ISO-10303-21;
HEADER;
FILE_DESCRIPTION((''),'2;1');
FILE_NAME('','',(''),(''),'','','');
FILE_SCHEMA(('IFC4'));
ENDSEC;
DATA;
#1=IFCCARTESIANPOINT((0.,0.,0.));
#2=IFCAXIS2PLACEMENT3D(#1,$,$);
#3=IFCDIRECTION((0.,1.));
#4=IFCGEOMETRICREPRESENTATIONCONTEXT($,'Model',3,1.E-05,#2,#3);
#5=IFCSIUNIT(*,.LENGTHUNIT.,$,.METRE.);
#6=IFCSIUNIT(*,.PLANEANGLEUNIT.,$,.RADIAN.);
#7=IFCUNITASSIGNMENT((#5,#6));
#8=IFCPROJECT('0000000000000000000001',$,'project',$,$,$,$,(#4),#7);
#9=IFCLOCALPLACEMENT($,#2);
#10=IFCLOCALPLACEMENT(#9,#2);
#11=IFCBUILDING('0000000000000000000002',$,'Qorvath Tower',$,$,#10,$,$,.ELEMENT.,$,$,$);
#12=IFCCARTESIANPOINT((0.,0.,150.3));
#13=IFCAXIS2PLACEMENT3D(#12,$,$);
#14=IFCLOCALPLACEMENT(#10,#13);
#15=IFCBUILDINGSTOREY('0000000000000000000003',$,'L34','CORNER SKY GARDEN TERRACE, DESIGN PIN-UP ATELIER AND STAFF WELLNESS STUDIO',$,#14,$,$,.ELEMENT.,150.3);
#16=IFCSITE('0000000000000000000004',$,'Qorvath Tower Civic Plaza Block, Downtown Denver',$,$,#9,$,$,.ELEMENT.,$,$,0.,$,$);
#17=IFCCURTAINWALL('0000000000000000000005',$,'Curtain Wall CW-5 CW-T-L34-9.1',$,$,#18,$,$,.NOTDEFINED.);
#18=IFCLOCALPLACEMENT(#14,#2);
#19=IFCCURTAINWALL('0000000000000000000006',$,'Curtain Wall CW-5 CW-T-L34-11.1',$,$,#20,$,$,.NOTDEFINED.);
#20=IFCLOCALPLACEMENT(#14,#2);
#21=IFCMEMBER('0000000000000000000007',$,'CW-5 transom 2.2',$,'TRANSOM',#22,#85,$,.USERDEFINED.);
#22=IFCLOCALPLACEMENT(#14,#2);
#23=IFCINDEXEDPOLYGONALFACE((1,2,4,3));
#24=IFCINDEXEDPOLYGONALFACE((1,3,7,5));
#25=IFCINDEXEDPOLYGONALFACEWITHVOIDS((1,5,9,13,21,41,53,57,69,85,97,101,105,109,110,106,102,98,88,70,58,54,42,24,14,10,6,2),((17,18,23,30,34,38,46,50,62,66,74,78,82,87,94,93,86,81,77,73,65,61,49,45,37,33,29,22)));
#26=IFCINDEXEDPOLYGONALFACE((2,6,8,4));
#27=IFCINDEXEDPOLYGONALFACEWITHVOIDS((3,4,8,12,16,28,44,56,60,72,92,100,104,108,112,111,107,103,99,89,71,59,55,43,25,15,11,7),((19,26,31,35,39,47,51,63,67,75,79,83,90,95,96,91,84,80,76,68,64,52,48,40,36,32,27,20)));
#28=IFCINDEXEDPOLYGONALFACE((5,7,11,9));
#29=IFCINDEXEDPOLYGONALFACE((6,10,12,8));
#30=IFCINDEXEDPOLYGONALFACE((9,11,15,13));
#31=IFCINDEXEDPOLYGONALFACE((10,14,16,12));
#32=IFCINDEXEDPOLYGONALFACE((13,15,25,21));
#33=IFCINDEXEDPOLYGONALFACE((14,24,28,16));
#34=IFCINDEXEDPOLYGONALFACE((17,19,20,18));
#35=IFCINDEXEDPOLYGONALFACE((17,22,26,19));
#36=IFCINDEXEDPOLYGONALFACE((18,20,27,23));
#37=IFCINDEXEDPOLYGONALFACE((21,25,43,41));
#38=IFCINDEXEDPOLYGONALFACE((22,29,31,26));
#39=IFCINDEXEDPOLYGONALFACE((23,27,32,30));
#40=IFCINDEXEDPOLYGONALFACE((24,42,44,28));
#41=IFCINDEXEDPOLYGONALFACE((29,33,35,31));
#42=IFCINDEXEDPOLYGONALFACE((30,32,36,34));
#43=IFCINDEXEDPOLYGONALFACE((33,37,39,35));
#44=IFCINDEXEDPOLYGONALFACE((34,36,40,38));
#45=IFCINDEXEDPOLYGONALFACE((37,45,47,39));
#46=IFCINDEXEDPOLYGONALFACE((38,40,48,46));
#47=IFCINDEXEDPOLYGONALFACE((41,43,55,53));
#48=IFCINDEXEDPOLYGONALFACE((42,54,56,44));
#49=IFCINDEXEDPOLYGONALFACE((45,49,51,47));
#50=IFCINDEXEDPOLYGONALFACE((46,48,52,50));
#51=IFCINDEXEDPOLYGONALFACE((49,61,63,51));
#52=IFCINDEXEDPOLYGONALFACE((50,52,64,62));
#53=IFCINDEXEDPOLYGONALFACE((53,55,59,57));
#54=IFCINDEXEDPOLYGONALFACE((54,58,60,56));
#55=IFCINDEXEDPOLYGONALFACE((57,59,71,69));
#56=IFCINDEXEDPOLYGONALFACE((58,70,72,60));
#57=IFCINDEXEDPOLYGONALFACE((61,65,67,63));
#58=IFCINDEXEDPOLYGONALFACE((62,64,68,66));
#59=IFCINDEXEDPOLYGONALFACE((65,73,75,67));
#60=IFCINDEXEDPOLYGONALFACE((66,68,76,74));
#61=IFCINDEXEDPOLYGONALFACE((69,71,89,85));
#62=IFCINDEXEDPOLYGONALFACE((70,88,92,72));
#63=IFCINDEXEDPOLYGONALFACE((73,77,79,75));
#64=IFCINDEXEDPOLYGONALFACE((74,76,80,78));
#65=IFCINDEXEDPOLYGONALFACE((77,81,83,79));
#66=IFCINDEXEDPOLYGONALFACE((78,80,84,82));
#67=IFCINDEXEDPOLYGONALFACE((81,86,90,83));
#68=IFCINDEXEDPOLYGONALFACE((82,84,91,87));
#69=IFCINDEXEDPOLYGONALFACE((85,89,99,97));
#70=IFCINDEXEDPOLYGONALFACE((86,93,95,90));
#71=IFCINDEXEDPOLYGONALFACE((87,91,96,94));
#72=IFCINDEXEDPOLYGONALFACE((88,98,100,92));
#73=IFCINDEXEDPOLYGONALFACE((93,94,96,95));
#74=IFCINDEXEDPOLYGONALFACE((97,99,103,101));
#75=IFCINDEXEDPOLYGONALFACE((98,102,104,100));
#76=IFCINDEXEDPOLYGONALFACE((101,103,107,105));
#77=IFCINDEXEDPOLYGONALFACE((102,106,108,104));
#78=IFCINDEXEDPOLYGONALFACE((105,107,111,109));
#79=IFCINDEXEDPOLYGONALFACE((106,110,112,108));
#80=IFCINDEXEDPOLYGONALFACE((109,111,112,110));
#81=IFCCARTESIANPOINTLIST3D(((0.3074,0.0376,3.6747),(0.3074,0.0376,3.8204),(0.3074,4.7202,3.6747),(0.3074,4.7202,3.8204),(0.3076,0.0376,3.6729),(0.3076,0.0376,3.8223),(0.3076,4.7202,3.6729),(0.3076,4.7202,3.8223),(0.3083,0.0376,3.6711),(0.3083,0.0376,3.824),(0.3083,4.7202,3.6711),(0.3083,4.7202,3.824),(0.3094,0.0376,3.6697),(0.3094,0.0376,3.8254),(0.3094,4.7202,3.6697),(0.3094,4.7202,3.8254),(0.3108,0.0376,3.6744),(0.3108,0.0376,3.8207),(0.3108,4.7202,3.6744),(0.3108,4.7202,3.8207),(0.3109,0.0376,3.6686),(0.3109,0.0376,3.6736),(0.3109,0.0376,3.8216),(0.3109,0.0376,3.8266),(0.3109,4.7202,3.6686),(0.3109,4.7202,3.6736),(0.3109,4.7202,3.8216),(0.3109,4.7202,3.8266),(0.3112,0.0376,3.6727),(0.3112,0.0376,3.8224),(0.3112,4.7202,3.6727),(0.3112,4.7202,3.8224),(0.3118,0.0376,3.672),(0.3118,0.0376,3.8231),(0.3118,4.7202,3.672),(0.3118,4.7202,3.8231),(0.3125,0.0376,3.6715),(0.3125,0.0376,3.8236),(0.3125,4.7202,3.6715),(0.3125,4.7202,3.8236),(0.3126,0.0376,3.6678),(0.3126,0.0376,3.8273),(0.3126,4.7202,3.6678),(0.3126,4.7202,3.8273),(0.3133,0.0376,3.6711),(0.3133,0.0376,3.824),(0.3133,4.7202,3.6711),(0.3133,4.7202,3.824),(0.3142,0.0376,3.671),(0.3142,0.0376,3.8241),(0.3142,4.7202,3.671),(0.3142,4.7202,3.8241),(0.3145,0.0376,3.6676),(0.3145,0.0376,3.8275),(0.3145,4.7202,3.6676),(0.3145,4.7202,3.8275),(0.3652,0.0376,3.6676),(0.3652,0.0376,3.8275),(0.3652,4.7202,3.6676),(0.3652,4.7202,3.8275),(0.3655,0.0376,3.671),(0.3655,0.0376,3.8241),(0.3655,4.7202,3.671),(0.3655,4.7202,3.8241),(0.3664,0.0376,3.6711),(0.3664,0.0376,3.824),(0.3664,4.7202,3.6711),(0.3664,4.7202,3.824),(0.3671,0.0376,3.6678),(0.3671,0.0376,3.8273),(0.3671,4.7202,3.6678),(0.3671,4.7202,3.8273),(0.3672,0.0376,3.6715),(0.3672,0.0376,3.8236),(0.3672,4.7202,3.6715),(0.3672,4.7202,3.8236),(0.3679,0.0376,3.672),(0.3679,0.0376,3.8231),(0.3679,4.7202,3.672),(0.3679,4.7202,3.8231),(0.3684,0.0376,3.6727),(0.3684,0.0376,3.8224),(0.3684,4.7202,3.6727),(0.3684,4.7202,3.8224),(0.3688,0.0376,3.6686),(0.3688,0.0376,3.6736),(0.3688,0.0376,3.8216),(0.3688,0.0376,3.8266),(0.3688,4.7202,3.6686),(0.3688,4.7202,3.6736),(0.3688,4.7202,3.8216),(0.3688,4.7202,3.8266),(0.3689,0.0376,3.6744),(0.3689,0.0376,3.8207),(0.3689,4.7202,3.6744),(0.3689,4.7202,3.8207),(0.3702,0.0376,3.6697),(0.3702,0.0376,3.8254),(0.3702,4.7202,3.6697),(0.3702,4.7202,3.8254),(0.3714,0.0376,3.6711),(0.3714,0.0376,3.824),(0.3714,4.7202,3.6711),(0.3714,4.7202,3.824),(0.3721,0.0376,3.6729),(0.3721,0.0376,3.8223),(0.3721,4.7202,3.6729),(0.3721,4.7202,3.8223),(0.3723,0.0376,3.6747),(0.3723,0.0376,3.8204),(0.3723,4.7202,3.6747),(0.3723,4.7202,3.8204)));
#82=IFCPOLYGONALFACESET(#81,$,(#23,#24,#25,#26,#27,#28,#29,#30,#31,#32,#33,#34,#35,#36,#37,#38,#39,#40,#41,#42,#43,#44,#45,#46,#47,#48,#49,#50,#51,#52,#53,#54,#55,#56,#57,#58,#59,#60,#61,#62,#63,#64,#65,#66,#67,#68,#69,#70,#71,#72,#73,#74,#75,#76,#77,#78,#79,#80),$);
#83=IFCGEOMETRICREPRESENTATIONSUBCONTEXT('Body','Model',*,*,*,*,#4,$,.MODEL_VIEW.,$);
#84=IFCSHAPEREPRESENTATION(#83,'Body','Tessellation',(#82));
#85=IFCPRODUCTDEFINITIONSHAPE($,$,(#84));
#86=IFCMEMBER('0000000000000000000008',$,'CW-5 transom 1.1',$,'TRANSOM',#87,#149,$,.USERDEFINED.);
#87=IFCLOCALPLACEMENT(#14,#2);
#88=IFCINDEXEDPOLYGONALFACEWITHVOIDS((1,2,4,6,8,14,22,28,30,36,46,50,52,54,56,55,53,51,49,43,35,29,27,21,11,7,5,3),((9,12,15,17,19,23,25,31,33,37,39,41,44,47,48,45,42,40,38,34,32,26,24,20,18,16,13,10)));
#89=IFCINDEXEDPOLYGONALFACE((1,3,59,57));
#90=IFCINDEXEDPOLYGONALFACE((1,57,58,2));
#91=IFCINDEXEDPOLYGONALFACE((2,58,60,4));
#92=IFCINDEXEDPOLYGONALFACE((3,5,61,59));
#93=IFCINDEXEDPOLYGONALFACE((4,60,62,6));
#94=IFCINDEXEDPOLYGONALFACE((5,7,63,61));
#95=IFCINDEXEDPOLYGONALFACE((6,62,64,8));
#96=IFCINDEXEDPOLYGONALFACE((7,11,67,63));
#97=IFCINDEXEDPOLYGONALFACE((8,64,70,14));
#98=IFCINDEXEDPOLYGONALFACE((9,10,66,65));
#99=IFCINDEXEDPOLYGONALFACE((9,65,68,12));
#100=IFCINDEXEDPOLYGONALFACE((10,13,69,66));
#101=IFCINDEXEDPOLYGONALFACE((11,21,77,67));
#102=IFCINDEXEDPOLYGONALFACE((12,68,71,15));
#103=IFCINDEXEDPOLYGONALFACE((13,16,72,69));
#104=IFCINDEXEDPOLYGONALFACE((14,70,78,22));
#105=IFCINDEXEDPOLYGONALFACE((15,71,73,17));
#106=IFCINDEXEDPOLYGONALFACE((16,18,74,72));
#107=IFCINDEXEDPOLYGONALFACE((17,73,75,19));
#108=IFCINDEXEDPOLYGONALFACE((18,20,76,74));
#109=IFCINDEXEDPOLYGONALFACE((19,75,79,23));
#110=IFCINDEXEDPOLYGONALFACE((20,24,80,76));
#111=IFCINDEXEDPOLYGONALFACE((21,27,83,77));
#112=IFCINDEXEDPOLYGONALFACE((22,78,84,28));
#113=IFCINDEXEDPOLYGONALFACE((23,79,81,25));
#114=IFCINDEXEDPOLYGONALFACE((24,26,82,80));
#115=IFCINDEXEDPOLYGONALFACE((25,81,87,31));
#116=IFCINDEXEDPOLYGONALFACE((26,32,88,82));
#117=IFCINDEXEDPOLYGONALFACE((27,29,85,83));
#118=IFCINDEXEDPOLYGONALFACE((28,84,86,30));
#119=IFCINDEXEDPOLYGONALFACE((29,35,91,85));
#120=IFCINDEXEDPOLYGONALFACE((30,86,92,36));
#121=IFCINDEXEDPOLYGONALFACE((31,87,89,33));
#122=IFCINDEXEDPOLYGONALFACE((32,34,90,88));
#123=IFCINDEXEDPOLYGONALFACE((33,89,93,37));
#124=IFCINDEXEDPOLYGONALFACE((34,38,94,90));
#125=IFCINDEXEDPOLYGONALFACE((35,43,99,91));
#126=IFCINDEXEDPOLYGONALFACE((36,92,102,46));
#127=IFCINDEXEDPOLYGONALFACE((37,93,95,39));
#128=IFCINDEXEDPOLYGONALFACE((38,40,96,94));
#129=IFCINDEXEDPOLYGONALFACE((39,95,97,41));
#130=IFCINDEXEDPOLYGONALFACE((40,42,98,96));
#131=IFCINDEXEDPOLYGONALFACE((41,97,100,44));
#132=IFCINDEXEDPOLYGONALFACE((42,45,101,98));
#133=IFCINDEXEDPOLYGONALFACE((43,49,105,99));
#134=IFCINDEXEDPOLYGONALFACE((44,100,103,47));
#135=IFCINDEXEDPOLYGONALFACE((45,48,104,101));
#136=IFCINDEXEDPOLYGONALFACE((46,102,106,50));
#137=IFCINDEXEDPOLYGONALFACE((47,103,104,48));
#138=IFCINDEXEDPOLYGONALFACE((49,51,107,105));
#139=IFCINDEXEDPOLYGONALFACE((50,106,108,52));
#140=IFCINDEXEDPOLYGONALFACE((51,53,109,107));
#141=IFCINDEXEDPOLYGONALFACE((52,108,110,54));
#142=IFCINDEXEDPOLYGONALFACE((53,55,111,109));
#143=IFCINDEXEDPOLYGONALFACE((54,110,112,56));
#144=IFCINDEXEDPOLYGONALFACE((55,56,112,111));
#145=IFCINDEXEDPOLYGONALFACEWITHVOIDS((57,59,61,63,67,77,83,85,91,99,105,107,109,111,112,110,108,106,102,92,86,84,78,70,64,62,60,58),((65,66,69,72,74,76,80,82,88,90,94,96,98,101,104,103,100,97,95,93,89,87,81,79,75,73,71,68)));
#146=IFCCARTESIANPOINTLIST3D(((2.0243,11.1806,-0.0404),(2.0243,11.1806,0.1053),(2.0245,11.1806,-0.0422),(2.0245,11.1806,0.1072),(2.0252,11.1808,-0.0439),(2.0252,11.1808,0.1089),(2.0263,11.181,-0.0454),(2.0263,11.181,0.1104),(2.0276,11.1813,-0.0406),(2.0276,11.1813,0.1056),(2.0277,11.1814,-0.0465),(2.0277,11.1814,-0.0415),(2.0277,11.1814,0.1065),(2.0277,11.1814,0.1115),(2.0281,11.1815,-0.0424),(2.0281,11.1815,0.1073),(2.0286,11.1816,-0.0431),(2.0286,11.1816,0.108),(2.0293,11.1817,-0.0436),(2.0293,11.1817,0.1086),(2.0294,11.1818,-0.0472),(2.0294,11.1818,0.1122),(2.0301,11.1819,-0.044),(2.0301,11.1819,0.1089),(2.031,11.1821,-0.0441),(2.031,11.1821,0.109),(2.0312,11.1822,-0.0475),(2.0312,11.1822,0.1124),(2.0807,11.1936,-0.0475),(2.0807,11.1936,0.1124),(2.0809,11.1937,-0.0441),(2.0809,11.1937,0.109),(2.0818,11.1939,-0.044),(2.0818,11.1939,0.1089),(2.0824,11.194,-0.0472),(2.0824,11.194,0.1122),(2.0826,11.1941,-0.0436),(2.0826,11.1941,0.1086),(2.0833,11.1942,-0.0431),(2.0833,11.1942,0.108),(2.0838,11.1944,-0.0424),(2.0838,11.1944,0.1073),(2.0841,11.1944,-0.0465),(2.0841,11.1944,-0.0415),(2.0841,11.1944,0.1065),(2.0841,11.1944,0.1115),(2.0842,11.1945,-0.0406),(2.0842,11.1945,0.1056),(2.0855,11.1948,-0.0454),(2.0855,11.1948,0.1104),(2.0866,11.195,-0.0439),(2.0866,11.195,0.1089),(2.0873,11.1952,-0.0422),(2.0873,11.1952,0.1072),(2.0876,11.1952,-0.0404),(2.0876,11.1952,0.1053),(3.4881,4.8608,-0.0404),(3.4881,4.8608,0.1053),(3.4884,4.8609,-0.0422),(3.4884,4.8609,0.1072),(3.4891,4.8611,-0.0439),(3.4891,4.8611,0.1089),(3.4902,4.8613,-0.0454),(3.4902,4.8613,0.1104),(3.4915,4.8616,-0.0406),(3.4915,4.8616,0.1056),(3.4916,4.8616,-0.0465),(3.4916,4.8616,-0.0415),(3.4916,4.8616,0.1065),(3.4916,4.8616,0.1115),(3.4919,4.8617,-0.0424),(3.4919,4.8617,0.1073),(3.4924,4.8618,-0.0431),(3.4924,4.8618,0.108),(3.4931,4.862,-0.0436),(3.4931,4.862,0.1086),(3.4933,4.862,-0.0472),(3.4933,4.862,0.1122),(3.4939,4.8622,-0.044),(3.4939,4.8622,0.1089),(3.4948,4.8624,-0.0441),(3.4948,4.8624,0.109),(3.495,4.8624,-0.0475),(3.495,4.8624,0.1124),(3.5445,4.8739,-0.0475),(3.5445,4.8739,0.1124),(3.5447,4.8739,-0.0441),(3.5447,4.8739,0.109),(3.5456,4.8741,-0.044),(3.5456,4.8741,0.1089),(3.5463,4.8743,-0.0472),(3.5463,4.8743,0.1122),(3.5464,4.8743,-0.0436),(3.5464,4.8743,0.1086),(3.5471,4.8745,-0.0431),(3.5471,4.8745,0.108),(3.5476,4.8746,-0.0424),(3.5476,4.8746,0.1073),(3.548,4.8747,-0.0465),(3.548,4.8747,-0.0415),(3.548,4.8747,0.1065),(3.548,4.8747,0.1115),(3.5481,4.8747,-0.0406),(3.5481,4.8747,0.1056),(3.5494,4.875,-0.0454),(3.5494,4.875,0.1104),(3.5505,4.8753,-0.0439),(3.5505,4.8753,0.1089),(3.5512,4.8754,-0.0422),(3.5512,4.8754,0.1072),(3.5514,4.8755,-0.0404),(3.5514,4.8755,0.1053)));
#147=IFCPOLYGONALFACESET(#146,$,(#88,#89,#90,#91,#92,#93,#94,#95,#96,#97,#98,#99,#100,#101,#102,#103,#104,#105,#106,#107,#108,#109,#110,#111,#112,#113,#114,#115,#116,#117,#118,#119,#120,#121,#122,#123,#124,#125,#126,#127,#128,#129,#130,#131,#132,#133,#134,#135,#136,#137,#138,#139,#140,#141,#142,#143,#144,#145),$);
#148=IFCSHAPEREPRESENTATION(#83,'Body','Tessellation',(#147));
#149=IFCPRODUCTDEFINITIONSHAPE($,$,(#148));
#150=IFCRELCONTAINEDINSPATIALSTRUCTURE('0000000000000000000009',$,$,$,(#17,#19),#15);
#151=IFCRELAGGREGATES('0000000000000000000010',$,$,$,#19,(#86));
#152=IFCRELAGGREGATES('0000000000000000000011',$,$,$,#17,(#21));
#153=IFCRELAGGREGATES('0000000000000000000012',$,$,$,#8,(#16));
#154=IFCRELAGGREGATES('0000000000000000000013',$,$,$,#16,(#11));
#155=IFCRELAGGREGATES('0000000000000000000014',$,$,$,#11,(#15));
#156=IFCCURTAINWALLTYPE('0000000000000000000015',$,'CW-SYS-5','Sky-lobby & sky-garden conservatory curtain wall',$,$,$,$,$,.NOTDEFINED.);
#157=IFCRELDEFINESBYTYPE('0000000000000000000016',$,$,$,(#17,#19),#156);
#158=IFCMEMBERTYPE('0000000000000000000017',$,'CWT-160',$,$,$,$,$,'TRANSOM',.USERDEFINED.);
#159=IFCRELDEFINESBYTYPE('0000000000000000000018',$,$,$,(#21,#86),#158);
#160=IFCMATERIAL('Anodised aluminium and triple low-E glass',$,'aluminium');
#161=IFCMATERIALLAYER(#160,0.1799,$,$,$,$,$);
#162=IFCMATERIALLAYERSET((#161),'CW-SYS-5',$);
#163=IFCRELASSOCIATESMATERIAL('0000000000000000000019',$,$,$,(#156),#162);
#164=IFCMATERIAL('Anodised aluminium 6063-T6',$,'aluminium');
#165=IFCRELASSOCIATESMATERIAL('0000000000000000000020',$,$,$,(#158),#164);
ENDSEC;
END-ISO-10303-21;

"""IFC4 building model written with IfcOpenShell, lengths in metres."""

from ifc_helpers import new_model, si_unit, direction, frame, origin, origin_2d, place, context, subcontext, project, spatial, hollow_rectangle, extrude, material, layer, layer_set, material_profile, profile_set, type_object, element, aggregate, save


model = new_model("IFC4")

# Units and contexts
model_context = context("Model", 3, precision=1e-05, world=origin(), true_north=direction((0.0, 1.0)))
body_context = subcontext(model_context, "Body", "Model", "MODEL_VIEW")
ifc_project = project(units=[si_unit("LENGTHUNIT", "METRE"), si_unit("PLANEANGLEUNIT", "RADIAN")], contexts=[model_context])

# Site, building, storey
site_placement = place(None, origin())
site = spatial("IfcSite", under=ifc_project, at=site_placement, Name="Qorvath Tower Civic Plaza Block, Downtown Denver", CompositionType="ELEMENT", RefElevation=0.0)
building_placement = place(site_placement, origin())
building = spatial("IfcBuilding", under=site, at=building_placement, Name="Qorvath Tower", CompositionType="ELEMENT")
storey_placement = place(building_placement, frame((0.0, 0.0, 150.3)))
storey = spatial("IfcBuildingStorey", under=building, at=storey_placement, Name="L34", Description="CORNER SKY GARDEN TERRACE, DESIGN PIN-UP ATELIER AND STAFF WELLNESS STUDIO", CompositionType="ELEMENT", Elevation=150.3)

# Curtain wall
ifc_material_1 = material(Name="Anodised aluminium and triple low-E glass", Category="aluminium")
ifc_layer_1 = layer(ifc_material_1, 0.1799)
ifc_layer_set_1 = layer_set([ifc_layer_1], Name="CW-SYS-5")
curtain_wall_type = type_object("IfcCurtainWallType", Name="CW-SYS-5", Description="Sky-lobby & sky-garden conservatory curtain wall", PredefinedType="NOTDEFINED", material=ifc_layer_set_1)
curtain_wall_1_placement = place(storey_placement, origin())
curtain_wall_1 = element("IfcCurtainWall", 1, at=curtain_wall_1_placement, inside=storey, type_object=curtain_wall_type, Name="Curtain Wall CW-5 CW-T-L34-9.1", PredefinedType="NOTDEFINED")

# Curtain wall
curtain_wall_2_placement = place(storey_placement, origin())
curtain_wall_2 = element("IfcCurtainWall", 2, at=curtain_wall_2_placement, inside=storey, type_object=curtain_wall_type, Name="Curtain Wall CW-5 CW-T-L34-11.1", PredefinedType="NOTDEFINED")

# Members
ifc_material_2 = material(Name="Anodised aluminium 6063-T6", Category="aluminium")
ifc_material_profile_1 = material_profile(ifc_material_2, hollow_rectangle(XDim=0.0649, YDim=0.1599, WallThickness=0.0034, InnerFilletRadius=0.0034, OuterFilletRadius=0.0071, at=origin_2d()), Name="CWT 160x65")
ifc_profile_set_1 = profile_set([ifc_material_profile_1], Name="Anodised aluminium 6063-T6")
member_type_1 = type_object("IfcMemberType", Name="CWT-160", ElementType="TRANSOM", PredefinedType="USERDEFINED", material=ifc_profile_set_1)
member_1_placement = place(storey_placement, frame((0.3398, 0.0376, 3.7476), z_axis=(0.0, 1.0, 0.0), x_axis=(-1.0, 0.0, 0.0)))
member_1 = element("IfcMember", 3, at=member_1_placement, type_object=member_type_1, Name="CW-5 transom 2.2", ObjectType="TRANSOM", PredefinedType="USERDEFINED", context=body_context, shape_type="SweptSolid", body=[
    extrude(hollow_rectangle(XDim=0.0649, YDim=0.1599, WallThickness=0.0034, InnerFilletRadius=0.0034, OuterFilletRadius=0.0071, at=origin_2d()), origin(), (0.0, 0.0, 1.0), 4.6826),
])
member_2_placement = place(storey_placement, frame((3.5198, 4.8682, 0.0325), z_axis=(-0.225657, 0.974207, 0.0), x_axis=(-0.974207, -0.225657, 0.0)))
member_2 = element("IfcMember", 4, at=member_2_placement, type_object=member_type_1, Name="CW-5 transom 1.1", ObjectType="TRANSOM", PredefinedType="USERDEFINED", context=body_context, shape_type="SweptSolid", body=[
    extrude(hollow_rectangle(XDim=0.0649, YDim=0.1599, WallThickness=0.0034, InnerFilletRadius=0.0034, OuterFilletRadius=0.0071, at=origin_2d()), origin(), (0.0, 0.0, 1.0), 6.4871),
])
aggregate(curtain_wall_2, [member_2])

aggregate(curtain_wall_1, [member_1])

save(model, "model.ifc")
